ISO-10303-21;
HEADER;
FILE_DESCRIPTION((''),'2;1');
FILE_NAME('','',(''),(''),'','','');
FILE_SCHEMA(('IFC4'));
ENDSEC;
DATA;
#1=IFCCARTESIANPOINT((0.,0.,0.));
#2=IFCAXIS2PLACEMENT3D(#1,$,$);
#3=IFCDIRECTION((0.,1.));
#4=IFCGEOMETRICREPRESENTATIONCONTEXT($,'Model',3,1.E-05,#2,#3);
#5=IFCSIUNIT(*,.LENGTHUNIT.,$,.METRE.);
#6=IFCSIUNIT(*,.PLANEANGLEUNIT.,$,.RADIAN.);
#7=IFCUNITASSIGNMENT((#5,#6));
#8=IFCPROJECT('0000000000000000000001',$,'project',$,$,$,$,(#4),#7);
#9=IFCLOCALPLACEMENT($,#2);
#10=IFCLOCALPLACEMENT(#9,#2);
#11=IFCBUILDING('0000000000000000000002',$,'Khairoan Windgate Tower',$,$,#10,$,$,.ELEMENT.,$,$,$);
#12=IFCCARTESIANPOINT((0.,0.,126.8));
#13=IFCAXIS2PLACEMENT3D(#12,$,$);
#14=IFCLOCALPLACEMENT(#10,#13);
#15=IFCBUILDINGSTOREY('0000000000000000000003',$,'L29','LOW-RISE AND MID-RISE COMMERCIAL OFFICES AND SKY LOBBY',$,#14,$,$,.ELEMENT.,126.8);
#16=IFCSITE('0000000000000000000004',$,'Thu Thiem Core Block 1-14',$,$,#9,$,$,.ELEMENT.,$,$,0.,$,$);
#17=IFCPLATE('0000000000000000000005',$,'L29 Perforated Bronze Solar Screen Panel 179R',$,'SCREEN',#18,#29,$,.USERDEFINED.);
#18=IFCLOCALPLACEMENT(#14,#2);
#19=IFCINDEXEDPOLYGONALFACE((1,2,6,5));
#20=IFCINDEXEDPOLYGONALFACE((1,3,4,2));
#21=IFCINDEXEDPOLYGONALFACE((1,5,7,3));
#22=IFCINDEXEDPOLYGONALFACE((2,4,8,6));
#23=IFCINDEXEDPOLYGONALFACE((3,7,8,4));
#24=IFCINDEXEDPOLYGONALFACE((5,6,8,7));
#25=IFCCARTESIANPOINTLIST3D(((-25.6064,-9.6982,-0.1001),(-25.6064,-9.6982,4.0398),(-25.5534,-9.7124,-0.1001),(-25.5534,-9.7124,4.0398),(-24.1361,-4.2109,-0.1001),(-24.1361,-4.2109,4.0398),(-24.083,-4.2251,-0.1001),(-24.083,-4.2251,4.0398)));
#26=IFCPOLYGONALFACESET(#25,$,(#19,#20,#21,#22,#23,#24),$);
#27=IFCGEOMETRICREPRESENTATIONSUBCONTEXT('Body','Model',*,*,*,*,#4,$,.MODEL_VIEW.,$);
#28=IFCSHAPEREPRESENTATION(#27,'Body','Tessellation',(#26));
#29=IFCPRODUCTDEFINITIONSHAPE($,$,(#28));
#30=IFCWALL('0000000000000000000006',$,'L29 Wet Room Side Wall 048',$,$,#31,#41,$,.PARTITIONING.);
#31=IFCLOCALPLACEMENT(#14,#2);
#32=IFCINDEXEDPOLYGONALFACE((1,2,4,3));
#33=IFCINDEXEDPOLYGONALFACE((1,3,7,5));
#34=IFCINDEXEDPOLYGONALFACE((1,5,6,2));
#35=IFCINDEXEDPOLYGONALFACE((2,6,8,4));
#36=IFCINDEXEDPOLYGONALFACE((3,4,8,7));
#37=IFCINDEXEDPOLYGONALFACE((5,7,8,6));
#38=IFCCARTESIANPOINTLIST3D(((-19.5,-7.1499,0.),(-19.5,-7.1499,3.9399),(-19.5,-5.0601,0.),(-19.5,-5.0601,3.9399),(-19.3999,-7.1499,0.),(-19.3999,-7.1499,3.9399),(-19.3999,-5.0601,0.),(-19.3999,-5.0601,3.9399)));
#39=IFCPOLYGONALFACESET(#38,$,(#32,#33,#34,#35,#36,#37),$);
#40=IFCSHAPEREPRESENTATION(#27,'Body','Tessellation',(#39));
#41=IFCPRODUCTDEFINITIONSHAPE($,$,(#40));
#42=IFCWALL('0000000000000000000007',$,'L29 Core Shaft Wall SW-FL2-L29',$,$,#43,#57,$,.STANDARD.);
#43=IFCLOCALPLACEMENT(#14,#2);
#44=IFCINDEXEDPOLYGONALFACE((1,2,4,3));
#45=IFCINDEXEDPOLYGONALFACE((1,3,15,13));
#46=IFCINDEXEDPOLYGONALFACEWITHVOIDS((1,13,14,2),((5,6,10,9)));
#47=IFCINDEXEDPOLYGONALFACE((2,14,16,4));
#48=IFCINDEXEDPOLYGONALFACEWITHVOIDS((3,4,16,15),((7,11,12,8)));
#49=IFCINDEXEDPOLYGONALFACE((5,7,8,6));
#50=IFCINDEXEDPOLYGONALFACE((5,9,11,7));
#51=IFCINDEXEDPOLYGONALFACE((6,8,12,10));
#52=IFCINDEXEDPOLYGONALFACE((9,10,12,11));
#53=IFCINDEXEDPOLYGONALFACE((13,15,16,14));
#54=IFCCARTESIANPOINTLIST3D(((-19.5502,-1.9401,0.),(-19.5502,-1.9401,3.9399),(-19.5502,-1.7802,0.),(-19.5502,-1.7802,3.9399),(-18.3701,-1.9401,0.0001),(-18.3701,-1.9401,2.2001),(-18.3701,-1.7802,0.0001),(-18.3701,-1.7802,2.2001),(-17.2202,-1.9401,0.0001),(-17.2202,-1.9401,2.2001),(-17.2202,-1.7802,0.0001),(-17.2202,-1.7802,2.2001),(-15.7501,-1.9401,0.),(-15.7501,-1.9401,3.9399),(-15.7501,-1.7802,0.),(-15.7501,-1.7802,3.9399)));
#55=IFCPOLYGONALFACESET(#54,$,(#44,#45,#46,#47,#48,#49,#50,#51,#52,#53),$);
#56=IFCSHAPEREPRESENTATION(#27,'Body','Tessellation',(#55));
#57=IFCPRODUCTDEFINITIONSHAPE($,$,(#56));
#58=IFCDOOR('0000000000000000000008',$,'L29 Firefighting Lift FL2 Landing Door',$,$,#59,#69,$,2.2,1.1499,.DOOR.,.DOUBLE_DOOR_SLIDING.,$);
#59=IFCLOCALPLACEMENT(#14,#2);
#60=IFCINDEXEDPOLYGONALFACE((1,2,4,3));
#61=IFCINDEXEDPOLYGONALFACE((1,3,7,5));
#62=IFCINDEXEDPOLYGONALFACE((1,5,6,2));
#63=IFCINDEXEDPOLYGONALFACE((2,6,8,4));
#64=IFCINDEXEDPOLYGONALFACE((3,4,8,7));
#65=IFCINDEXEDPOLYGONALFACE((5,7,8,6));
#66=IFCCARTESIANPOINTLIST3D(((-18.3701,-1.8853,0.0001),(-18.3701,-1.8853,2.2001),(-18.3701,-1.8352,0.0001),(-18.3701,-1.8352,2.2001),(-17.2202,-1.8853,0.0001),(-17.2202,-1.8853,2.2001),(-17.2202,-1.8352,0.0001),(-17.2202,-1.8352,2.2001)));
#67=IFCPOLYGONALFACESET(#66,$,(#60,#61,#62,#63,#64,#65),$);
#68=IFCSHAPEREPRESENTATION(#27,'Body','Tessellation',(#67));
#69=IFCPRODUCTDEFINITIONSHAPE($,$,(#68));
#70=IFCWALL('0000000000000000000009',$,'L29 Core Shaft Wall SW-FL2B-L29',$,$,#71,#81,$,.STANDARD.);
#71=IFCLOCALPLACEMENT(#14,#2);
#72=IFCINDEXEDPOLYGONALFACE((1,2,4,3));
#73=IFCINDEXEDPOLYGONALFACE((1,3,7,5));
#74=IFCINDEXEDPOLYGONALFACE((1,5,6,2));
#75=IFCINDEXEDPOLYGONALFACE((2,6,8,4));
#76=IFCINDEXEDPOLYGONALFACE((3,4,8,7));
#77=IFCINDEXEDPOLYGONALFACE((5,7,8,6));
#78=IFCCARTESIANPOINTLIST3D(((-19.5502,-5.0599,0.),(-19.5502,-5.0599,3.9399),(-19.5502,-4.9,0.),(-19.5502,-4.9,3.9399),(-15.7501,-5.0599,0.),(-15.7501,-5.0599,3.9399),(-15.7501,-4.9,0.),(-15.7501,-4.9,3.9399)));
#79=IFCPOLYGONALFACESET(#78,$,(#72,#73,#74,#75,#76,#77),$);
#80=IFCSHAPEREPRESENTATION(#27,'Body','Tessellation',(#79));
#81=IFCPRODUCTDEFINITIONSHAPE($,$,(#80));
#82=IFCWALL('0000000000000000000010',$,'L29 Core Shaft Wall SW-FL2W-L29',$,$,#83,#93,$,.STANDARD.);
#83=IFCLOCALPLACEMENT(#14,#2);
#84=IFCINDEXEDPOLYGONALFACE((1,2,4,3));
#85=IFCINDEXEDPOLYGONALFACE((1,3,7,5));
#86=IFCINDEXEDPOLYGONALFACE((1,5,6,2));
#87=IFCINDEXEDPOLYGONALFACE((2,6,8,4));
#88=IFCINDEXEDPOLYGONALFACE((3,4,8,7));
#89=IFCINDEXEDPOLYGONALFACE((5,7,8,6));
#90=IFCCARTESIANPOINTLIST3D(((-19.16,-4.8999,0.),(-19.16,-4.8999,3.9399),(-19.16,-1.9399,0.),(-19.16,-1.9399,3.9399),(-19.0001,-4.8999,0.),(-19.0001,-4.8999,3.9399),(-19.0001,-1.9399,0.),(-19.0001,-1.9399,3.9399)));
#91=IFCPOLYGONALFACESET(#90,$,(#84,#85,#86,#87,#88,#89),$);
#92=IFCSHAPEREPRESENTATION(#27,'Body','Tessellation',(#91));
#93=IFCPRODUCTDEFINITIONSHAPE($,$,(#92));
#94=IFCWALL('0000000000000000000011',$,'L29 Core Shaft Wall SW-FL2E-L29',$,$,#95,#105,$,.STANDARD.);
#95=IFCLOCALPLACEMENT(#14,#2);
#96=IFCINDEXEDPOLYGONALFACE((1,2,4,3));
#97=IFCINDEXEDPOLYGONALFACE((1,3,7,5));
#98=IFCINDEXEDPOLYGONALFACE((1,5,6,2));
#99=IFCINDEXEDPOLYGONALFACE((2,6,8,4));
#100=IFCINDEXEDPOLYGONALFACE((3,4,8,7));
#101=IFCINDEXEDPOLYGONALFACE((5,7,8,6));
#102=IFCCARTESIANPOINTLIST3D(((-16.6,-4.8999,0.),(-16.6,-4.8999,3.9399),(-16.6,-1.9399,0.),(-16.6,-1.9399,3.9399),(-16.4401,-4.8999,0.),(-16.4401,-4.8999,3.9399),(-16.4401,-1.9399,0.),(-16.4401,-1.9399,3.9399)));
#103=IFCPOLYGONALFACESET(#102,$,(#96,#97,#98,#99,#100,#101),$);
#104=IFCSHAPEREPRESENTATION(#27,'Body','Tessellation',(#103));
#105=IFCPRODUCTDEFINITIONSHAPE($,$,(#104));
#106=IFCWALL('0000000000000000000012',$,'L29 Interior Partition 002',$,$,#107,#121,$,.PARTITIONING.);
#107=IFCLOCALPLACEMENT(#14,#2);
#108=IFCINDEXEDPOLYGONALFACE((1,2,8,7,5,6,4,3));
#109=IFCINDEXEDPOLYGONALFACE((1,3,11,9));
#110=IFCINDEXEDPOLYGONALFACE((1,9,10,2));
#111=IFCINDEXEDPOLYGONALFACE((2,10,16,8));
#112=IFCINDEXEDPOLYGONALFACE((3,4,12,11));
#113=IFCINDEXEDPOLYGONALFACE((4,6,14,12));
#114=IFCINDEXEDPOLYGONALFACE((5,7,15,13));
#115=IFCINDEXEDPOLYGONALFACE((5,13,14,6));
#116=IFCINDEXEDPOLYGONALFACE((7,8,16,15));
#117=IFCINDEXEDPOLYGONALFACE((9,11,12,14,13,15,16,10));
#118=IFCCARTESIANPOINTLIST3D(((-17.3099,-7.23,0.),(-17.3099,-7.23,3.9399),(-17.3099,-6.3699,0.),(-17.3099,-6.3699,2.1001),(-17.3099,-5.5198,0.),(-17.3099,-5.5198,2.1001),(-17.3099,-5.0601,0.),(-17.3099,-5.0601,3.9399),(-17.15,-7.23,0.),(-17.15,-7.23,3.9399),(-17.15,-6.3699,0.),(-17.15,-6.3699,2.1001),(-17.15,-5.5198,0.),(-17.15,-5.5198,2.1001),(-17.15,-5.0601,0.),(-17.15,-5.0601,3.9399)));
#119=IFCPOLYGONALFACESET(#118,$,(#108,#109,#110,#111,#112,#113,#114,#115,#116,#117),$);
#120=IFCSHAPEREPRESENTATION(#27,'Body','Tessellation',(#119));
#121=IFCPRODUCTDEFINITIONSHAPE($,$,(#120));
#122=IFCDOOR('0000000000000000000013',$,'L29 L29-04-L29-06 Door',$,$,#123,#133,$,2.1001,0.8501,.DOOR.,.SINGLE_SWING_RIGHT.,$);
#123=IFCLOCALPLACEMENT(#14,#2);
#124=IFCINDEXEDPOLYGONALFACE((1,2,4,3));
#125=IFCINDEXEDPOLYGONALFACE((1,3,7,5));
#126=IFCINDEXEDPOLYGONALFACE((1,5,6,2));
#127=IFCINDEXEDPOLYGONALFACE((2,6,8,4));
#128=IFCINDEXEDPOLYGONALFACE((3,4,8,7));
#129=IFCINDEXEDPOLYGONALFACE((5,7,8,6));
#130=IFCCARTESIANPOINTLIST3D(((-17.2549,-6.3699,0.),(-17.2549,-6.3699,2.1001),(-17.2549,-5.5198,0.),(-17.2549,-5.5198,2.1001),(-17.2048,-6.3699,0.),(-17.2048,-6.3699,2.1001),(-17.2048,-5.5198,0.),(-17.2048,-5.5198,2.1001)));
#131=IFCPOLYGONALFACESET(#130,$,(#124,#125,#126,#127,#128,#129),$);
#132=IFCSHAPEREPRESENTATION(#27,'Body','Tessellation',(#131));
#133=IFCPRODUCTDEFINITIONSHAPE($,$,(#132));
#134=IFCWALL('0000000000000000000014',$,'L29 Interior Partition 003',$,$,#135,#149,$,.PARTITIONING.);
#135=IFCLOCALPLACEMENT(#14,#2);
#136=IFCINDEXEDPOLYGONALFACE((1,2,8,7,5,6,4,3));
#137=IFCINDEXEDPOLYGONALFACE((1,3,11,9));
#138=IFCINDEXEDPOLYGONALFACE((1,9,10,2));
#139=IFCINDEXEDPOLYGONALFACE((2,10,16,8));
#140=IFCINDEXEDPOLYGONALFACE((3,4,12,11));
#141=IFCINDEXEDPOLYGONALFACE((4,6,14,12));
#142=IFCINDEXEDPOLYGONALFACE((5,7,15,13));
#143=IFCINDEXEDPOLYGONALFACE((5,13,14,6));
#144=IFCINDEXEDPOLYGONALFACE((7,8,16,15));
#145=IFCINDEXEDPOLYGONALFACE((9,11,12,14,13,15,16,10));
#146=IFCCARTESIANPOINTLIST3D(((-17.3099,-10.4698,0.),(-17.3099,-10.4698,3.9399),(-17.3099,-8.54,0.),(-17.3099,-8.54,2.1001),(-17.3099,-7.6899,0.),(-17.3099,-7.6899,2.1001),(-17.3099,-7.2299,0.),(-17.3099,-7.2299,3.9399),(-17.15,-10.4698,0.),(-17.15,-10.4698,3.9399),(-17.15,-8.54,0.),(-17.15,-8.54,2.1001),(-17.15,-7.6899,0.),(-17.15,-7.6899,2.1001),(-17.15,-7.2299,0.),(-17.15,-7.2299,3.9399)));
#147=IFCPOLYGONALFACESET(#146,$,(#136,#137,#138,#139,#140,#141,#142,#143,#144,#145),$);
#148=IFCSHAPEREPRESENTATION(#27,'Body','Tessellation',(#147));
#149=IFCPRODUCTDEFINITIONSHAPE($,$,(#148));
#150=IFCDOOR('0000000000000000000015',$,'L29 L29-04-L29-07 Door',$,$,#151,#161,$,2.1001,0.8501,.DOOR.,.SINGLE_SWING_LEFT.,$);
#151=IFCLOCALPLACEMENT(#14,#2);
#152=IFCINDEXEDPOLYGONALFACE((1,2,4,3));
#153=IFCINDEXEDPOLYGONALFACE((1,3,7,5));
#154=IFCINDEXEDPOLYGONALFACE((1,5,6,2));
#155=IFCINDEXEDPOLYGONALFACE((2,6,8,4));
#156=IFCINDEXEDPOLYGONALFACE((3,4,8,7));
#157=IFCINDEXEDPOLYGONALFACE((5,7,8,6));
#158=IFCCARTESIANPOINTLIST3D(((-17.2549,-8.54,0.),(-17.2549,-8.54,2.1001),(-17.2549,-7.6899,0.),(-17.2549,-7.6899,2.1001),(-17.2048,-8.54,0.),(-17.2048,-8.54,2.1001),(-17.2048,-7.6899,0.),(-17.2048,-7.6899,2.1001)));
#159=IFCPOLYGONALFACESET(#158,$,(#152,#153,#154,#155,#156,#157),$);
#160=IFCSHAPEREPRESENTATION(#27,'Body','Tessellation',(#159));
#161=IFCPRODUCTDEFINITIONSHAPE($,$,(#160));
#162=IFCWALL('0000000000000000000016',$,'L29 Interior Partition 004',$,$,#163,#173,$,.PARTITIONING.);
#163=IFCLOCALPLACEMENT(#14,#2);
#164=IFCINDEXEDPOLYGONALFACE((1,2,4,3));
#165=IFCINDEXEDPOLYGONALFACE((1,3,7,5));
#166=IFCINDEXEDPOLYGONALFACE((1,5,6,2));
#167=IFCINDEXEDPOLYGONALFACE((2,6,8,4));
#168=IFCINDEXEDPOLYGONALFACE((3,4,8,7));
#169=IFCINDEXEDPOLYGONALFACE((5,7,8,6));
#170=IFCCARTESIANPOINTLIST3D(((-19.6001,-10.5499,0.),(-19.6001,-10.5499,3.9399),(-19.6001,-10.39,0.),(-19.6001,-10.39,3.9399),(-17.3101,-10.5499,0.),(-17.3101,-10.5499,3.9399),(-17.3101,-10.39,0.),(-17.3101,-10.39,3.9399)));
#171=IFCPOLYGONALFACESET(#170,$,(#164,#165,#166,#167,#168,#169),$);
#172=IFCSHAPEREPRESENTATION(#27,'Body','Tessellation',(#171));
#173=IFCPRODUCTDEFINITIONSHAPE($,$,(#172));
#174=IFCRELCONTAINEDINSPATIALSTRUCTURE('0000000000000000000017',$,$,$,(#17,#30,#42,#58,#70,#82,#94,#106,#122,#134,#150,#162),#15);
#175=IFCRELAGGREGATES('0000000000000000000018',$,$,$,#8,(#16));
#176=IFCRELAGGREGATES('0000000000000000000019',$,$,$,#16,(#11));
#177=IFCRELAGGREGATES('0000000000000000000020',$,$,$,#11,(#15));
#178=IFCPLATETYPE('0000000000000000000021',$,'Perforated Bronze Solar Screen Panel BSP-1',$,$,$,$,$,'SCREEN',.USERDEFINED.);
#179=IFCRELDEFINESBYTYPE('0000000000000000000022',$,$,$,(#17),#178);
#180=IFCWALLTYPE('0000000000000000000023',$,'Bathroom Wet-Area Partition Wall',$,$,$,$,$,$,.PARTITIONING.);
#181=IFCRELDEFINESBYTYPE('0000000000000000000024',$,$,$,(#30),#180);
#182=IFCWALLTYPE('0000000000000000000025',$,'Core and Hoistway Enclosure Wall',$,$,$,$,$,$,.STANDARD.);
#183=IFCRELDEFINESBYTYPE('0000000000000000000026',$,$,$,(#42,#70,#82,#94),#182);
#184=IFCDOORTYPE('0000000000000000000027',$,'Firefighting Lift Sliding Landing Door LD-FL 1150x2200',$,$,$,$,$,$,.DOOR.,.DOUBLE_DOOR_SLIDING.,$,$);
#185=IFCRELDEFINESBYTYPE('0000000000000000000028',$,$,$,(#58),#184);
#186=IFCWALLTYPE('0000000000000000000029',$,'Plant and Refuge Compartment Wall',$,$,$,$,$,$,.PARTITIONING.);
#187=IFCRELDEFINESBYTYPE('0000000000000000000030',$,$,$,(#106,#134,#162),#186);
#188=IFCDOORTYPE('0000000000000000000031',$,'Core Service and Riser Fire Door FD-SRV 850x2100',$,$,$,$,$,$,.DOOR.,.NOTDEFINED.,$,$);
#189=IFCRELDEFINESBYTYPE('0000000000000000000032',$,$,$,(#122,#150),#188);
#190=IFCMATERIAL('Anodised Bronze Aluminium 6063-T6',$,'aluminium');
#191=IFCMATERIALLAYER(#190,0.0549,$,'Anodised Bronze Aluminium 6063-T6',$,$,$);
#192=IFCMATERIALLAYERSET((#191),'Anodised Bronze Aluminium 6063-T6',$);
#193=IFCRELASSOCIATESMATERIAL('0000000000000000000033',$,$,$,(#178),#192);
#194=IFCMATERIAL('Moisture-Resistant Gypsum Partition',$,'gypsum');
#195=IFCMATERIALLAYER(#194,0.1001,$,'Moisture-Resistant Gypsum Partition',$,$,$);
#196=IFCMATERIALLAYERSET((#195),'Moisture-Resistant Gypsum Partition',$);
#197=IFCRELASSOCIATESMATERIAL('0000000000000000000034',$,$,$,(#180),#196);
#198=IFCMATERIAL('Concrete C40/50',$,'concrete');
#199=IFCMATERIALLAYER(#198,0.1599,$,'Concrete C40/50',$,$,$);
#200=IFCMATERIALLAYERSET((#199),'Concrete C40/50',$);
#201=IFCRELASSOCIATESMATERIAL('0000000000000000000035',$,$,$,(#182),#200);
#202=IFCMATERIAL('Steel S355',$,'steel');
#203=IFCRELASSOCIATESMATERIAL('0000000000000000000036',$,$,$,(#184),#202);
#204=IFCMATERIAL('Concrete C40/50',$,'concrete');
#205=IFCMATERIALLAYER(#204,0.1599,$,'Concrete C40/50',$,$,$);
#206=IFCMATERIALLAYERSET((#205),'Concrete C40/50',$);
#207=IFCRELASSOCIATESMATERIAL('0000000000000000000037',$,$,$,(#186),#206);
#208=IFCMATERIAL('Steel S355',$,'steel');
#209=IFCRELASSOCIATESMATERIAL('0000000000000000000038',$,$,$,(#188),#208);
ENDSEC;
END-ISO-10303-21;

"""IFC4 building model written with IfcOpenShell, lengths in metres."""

from ifc_helpers import new_model, si_unit, direction, frame, frame_2d, origin, origin_2d, place, context, subcontext, project, spatial, rectangle, extrude, material, layer, layer_set, type_object, element, fill, save


model = new_model("IFC4")

# Units and contexts
model_context = context("Model", 3, precision=1e-05, world=origin(), true_north=direction((0.0, 1.0)))
body_context = subcontext(model_context, "Body", "Model", "MODEL_VIEW")
ifc_project = project(units=[si_unit("LENGTHUNIT", "METRE"), si_unit("PLANEANGLEUNIT", "RADIAN")], contexts=[model_context])

# Site, building, storey
site_placement = place(None, origin())
site = spatial("IfcSite", under=ifc_project, at=site_placement, Name="Thu Thiem Core Block 1-14", CompositionType="ELEMENT", RefElevation=0.0)
building_placement = place(site_placement, origin())
building = spatial("IfcBuilding", under=site, at=building_placement, Name="Khairoan Windgate Tower", CompositionType="ELEMENT")
storey_placement = place(building_placement, frame((0.0, 0.0, 126.8)))
storey = spatial("IfcBuildingStorey", under=building, at=storey_placement, Name="L29", Description="LOW-RISE AND MID-RISE COMMERCIAL OFFICES AND SKY LOBBY", CompositionType="ELEMENT", Elevation=126.8)

# Plate
ifc_material_1 = material(Name="Anodised Bronze Aluminium 6063-T6", Category="aluminium")
ifc_layer_1 = layer(ifc_material_1, 0.0549, Name="Anodised Bronze Aluminium 6063-T6")
ifc_layer_set_1 = layer_set([ifc_layer_1], Name="Anodised Bronze Aluminium 6063-T6")
plate_type_1 = type_object("IfcPlateType", Name="Perforated Bronze Solar Screen Panel BSP-1", ElementType="SCREEN", PredefinedType="USERDEFINED", material=ifc_layer_set_1)
plate_1_placement = place(storey_placement, frame((-24.8447, -6.9617, -0.1001), z_axis=(0.0, 0.0, 1.0), x_axis=(0.258819, 0.965926, 0.0)))
element("IfcPlate", 1, at=plate_1_placement, inside=storey, type_object=plate_type_1, Name="L29 Perforated Bronze Solar Screen Panel 179R", ObjectType="SCREEN", PredefinedType="USERDEFINED", context=body_context, shape_type="SweptSolid", body=[
    extrude(rectangle(XDim=5.6809, YDim=0.0549, at=origin_2d()), origin(), (0.0, 0.0, 1.0), 4.1399),
])

# Wall
ifc_material_2 = material(Name="Moisture-Resistant Gypsum Partition", Category="gypsum")
ifc_layer_2 = layer(ifc_material_2, 0.1001, Name="Moisture-Resistant Gypsum Partition")
ifc_layer_set_2 = layer_set([ifc_layer_2], Name="Moisture-Resistant Gypsum Partition")
wall_type_1 = type_object("IfcWallType", Name="Bathroom Wet-Area Partition Wall", PredefinedType="PARTITIONING", material=ifc_layer_set_2)
wall_1_placement = place(storey_placement, frame((-19.45, -7.1499, 0.0), z_axis=(0.0, 0.0, 1.0), x_axis=(0.0, 1.0, 0.0)))
element("IfcWall", 2, at=wall_1_placement, inside=storey, type_object=wall_type_1, Name="L29 Wet Room Side Wall 048", PredefinedType="PARTITIONING", context=body_context, shape_type="SweptSolid", body=[
    extrude(rectangle(XDim=2.0898, YDim=0.1001, at=frame_2d((1.0449, 0.0))), origin(), (0.0, 0.0, 1.0), 3.9399),
])

# Wall, opening, door
ifc_material_3 = material(Name="Concrete C40/50", Category="concrete")
ifc_layer_3 = layer(ifc_material_3, 0.1599, Name="Concrete C40/50")
ifc_layer_set_3 = layer_set([ifc_layer_3], Name="Concrete C40/50")
wall_type_2 = type_object("IfcWallType", Name="Core and Hoistway Enclosure Wall", PredefinedType="STANDARD", material=ifc_layer_set_3)
wall_2_placement = place(storey_placement, frame((-19.55, -1.8601, 0.0), z_axis=(0.0, 0.0, 1.0), x_axis=(1.0, 0.0, 0.0)))
wall_2 = element("IfcWall", 3, at=wall_2_placement, inside=storey, type_object=wall_type_2, Name="L29 Core Shaft Wall SW-FL2-L29", PredefinedType="STANDARD", context=body_context, shape_type="SweptSolid", body=[
    extrude(rectangle(XDim=3.8, YDim=0.1599, at=frame_2d((1.8999, 0.0))), origin(), (0.0, 0.0, 1.0), 3.9399),
])
opening_1_placement = place(wall_2_placement, frame((1.1799, 0.0, 0.0)))
opening_1 = element("IfcOpeningElement", 4, at=opening_1_placement, cuts=wall_2, PredefinedType="OPENING", context=body_context, shape_type="SweptSolid", body=[
    extrude(rectangle(XDim=1.1499, YDim=2.2, at=frame_2d((0.575, 1.1001))), frame((0.0, 0.0898, 0.0), z_axis=(0.0, -1.0, 0.0), x_axis=(1.0, 0.0, 0.0)), (0.0, 0.0, 1.0), 0.1799),
])
ifc_material_4 = material(Name="Steel S355", Category="steel")
door_type_1 = type_object("IfcDoorType", Name="Firefighting Lift Sliding Landing Door LD-FL 1150x2200", OperationType="DOUBLE_DOOR_SLIDING", PredefinedType="DOOR", material=ifc_material_4)
door_1_placement = place(opening_1_placement, origin())
door_1 = element("IfcDoor", 5, at=door_1_placement, inside=storey, type_object=door_type_1, Name="L29 Firefighting Lift FL2 Landing Door", OperationType="DOUBLE_DOOR_SLIDING", OverallHeight=2.2, OverallWidth=1.1499, PredefinedType="DOOR", context=body_context, shape_type="SweptSolid", body=[
    extrude(rectangle(XDim=1.1499, YDim=2.2, at=frame_2d((0.575, 1.1001))), frame((0.0, 0.0249, 0.0), z_axis=(0.0, -1.0, 0.0), x_axis=(1.0, 0.0, 0.0)), (0.0, 0.0, 1.0), 0.05),
])
fill(opening_1, door_1)

# Walls
wall_3_placement = place(storey_placement, frame((-19.55, -4.98, 0.0), z_axis=(0.0, 0.0, 1.0), x_axis=(1.0, 0.0, 0.0)))
element("IfcWall", 6, at=wall_3_placement, inside=storey, type_object=wall_type_2, Name="L29 Core Shaft Wall SW-FL2B-L29", PredefinedType="STANDARD", context=body_context, shape_type="SweptSolid", body=[
    extrude(rectangle(XDim=3.8, YDim=0.1599, at=frame_2d((1.8999, 0.0))), origin(), (0.0, 0.0, 1.0), 3.9399),
])
for number, where, z_axis, x_axis, name in (
    (7, (-19.0801, -4.8999, 0.0), (0.0, 0.0, 1.0), (0.0, 1.0, 0.0), "L29 Core Shaft Wall SW-FL2W-L29"),
    (8, (-16.52, -4.8999, 0.0), (0.0, 0.0, 1.0), (0.0, 1.0, 0.0), "L29 Core Shaft Wall SW-FL2E-L29"),
):
    element("IfcWall", number, at=place(storey_placement, frame(where, z_axis=z_axis, x_axis=x_axis)), inside=storey, type_object=wall_type_2, Name=name, PredefinedType="STANDARD", context=body_context, shape_type="SweptSolid", body=[
        extrude(rectangle(XDim=2.96, YDim=0.1599, at=frame_2d((1.48, 0.0))), origin(), (0.0, 0.0, 1.0), 3.9399),
    ])

# Walls, openings, doors
ifc_material_5 = material(Name="Concrete C40/50", Category="concrete")
ifc_layer_4 = layer(ifc_material_5, 0.1599, Name="Concrete C40/50")
ifc_layer_set_4 = layer_set([ifc_layer_4], Name="Concrete C40/50")
wall_type_3 = type_object("IfcWallType", Name="Plant and Refuge Compartment Wall", PredefinedType="PARTITIONING", material=ifc_layer_set_4)
wall_4_placement = place(storey_placement, frame((-17.23, -7.23, 0.0), z_axis=(0.0, 0.0, 1.0), x_axis=(0.0, 1.0, 0.0)))
wall_4 = element("IfcWall", 9, at=wall_4_placement, inside=storey, type_object=wall_type_3, Name="L29 Interior Partition 002", PredefinedType="PARTITIONING", context=body_context, shape_type="SweptSolid", body=[
    extrude(rectangle(XDim=2.1699, YDim=0.1599, at=frame_2d((1.085, 0.0))), origin(), (0.0, 0.0, 1.0), 3.9399),
])
opening_2_placement = place(wall_4_placement, frame((0.8601, 0.0, 0.0)))
opening_2 = element("IfcOpeningElement", 10, at=opening_2_placement, cuts=wall_4, PredefinedType="OPENING", context=body_context, shape_type="SweptSolid", body=[
    extrude(rectangle(XDim=0.8501, YDim=2.1001, at=frame_2d((0.425, 1.05))), frame((0.0, 0.0898, 0.0), z_axis=(0.0, -1.0, 0.0), x_axis=(1.0, 0.0, 0.0)), (0.0, 0.0, 1.0), 0.1799),
])
ifc_material_6 = material(Name="Steel S355", Category="steel")
door_type_2 = type_object("IfcDoorType", Name="Core Service and Riser Fire Door FD-SRV 850x2100", OperationType="NOTDEFINED", PredefinedType="DOOR", material=ifc_material_6)
door_2_placement = place(opening_2_placement, origin())
door_2 = element("IfcDoor", 11, at=door_2_placement, inside=storey, type_object=door_type_2, Name="L29 L29-04-L29-06 Door", OperationType="SINGLE_SWING_RIGHT", OverallHeight=2.1001, OverallWidth=0.8501, PredefinedType="DOOR", context=body_context, shape_type="SweptSolid", body=[
    extrude(rectangle(XDim=0.8501, YDim=2.1001, at=frame_2d((0.425, 1.05))), frame((0.0, 0.0249, 0.0), z_axis=(0.0, -1.0, 0.0), x_axis=(1.0, 0.0, 0.0)), (0.0, 0.0, 1.0), 0.05),
])
fill(opening_2, door_2)
wall_5_placement = place(storey_placement, frame((-17.23, -10.47, 0.0), z_axis=(0.0, 0.0, 1.0), x_axis=(0.0, 1.0, 0.0)))
wall_5 = element("IfcWall", 12, at=wall_5_placement, inside=storey, type_object=wall_type_3, Name="L29 Interior Partition 003", PredefinedType="PARTITIONING", context=body_context, shape_type="SweptSolid", body=[
    extrude(rectangle(XDim=3.24, YDim=0.1599, at=frame_2d((1.6201, 0.0))), origin(), (0.0, 0.0, 1.0), 3.9399),
])
opening_3_placement = place(wall_5_placement, frame((1.9299, 0.0, 0.0)))
opening_3 = element("IfcOpeningElement", 13, at=opening_3_placement, cuts=wall_5, PredefinedType="OPENING", context=body_context, shape_type="SweptSolid", body=[
    extrude(rectangle(XDim=0.8501, YDim=2.1001, at=frame_2d((0.425, 1.05))), frame((0.0, 0.0898, 0.0), z_axis=(0.0, -1.0, 0.0), x_axis=(1.0, 0.0, 0.0)), (0.0, 0.0, 1.0), 0.1799),
])
door_3_placement = place(opening_3_placement, origin())
door_3 = element("IfcDoor", 14, at=door_3_placement, inside=storey, type_object=door_type_2, Name="L29 L29-04-L29-07 Door", OperationType="SINGLE_SWING_LEFT", OverallHeight=2.1001, OverallWidth=0.8501, PredefinedType="DOOR", context=body_context, shape_type="SweptSolid", body=[
    extrude(rectangle(XDim=0.8501, YDim=2.1001, at=frame_2d((0.425, 1.05))), frame((0.0, 0.0249, 0.0), z_axis=(0.0, -1.0, 0.0), x_axis=(1.0, 0.0, 0.0)), (0.0, 0.0, 1.0), 0.05),
])
fill(opening_3, door_3)

# Wall
for number, where, z_axis, x_axis, name in (
    (15, (-19.6001, -10.47, 0.0), (0.0, 0.0, 1.0), (1.0, 0.0, 0.0), "L29 Interior Partition 004"),
):
    element("IfcWall", number, at=place(storey_placement, frame(where, z_axis=z_axis, x_axis=x_axis)), inside=storey, type_object=wall_type_3, Name=name, PredefinedType="PARTITIONING", context=body_context, shape_type="SweptSolid", body=[
        extrude(rectangle(XDim=2.29, YDim=0.1599, at=frame_2d((1.145, 0.0))), origin(), (0.0, 0.0, 1.0), 3.9399),
    ])

save(model, "model.ifc")
